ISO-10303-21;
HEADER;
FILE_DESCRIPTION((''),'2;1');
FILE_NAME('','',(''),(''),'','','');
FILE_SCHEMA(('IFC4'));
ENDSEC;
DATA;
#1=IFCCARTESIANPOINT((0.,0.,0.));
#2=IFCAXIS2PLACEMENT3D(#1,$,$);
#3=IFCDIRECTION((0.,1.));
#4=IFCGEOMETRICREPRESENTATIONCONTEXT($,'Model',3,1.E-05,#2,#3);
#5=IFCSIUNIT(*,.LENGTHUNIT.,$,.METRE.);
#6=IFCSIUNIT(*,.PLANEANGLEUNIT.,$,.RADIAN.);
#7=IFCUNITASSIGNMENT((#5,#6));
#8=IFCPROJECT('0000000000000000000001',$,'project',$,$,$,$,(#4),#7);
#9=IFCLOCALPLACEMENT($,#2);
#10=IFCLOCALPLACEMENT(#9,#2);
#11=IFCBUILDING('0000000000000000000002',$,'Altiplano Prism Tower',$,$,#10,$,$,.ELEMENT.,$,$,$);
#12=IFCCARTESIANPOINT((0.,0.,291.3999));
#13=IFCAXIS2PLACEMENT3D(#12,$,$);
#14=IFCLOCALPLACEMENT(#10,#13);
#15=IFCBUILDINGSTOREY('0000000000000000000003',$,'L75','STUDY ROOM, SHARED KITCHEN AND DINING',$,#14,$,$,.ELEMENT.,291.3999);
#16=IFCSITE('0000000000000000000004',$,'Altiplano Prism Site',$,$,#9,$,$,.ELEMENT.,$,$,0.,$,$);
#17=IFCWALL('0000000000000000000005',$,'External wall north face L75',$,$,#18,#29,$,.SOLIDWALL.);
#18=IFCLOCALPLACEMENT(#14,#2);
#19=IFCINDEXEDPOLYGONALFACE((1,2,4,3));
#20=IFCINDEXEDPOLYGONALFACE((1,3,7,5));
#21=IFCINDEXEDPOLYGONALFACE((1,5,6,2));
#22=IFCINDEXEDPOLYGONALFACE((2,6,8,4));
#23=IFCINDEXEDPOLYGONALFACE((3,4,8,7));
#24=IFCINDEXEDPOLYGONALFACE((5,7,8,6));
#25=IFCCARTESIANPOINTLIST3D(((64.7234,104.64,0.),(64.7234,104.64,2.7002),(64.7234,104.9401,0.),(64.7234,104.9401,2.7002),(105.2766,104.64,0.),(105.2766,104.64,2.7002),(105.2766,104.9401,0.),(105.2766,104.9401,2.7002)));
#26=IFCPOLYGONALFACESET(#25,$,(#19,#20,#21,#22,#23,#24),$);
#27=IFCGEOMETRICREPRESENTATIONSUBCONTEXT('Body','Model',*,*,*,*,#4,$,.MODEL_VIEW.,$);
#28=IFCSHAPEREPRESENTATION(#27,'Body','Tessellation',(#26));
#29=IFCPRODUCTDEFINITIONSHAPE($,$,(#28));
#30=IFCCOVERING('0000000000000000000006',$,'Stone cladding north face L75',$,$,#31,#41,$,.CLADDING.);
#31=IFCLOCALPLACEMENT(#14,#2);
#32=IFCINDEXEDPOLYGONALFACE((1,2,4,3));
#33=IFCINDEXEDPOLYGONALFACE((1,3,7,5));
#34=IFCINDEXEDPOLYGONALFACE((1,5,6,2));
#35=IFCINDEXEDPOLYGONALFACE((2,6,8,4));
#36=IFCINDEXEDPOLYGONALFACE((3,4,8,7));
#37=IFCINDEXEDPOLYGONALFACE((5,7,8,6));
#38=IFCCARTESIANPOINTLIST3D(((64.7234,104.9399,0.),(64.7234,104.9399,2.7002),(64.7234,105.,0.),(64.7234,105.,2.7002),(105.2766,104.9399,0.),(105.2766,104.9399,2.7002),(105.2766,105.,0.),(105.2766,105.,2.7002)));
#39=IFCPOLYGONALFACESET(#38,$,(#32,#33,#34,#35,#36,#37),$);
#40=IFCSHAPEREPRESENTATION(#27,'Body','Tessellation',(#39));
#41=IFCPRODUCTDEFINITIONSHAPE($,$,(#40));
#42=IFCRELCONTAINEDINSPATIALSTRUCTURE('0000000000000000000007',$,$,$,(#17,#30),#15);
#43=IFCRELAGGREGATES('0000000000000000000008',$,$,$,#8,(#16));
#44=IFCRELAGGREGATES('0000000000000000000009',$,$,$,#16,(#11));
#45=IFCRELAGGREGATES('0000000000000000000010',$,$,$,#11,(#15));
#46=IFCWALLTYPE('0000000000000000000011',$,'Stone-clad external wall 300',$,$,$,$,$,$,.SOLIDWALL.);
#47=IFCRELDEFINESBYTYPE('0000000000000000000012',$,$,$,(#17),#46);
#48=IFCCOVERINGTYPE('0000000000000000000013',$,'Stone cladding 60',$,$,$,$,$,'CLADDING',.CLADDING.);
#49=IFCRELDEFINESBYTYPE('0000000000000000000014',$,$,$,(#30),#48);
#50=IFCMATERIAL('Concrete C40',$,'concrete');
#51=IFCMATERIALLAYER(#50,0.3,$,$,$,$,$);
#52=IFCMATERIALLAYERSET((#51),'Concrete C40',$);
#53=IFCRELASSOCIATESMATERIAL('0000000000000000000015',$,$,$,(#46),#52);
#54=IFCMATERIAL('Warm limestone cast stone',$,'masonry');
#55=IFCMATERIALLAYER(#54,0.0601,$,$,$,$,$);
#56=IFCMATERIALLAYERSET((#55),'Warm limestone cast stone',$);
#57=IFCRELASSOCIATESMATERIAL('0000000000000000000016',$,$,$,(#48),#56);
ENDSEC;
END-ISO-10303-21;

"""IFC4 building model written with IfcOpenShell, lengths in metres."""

from ifc_helpers import new_model, si_unit, direction, frame, frame_2d, origin, place, context, subcontext, project, spatial, rectangle, extrude, material, layer, layer_set, type_object, element, save


model = new_model("IFC4")

# Units and contexts
model_context = context("Model", 3, precision=1e-05, world=origin(), true_north=direction((0.0, 1.0)))
body_context = subcontext(model_context, "Body", "Model", "MODEL_VIEW")
ifc_project = project(units=[si_unit("LENGTHUNIT", "METRE"), si_unit("PLANEANGLEUNIT", "RADIAN")], contexts=[model_context])

# Site, building, storey
site_placement = place(None, origin())
site = spatial("IfcSite", under=ifc_project, at=site_placement, Name="Altiplano Prism Site", CompositionType="ELEMENT", RefElevation=0.0)
building_placement = place(site_placement, origin())
building = spatial("IfcBuilding", under=site, at=building_placement, Name="Altiplano Prism Tower", CompositionType="ELEMENT")
storey_placement = place(building_placement, frame((0.0, 0.0, 291.3999)))
storey = spatial("IfcBuildingStorey", under=building, at=storey_placement, Name="L75", Description="STUDY ROOM, SHARED KITCHEN AND DINING", CompositionType="ELEMENT", Elevation=291.3999)

# Wall
ifc_material_1 = material(Name="Concrete C40", Category="concrete")
ifc_layer_1 = layer(ifc_material_1, 0.3)
ifc_layer_set_1 = layer_set([ifc_layer_1], Name="Concrete C40")
wall_type_1 = type_object("IfcWallType", Name="Stone-clad external wall 300", PredefinedType="SOLIDWALL", material=ifc_layer_set_1)
wall_1_placement = place(storey_placement, frame((64.7234, 104.79, 0.0), z_axis=(0.0, 0.0, 1.0), x_axis=(1.0, 0.0, 0.0)))
element("IfcWall", 1, at=wall_1_placement, inside=storey, type_object=wall_type_1, Name="External wall north face L75", PredefinedType="SOLIDWALL", context=body_context, shape_type="SweptSolid", body=[
    extrude(rectangle(XDim=40.5532, YDim=0.3, at=frame_2d((20.2766, 0.0))), origin(), (0.0, 0.0, 1.0), 2.7002),
])

# Covering
ifc_material_2 = material(Name="Warm limestone cast stone", Category="masonry")
ifc_layer_2 = layer(ifc_material_2, 0.0601)
ifc_layer_set_2 = layer_set([ifc_layer_2], Name="Warm limestone cast stone")
covering_type = type_object("IfcCoveringType", Name="Stone cladding 60", ElementType="CLADDING", PredefinedType="CLADDING", material=ifc_layer_set_2)
covering_placement = place(storey_placement, frame((64.7234, 104.97, 0.0), z_axis=(0.0, 0.0, 1.0), x_axis=(1.0, 0.0, 0.0)))
element("IfcCovering", 2, at=covering_placement, inside=storey, type_object=covering_type, Name="Stone cladding north face L75", PredefinedType="CLADDING", context=body_context, shape_type="SweptSolid", body=[
    extrude(rectangle(XDim=40.5532, YDim=0.0601, at=frame_2d((20.2766, 0.0))), origin(), (0.0, 0.0, 1.0), 2.7002),
])

save(model, "model.ifc")
